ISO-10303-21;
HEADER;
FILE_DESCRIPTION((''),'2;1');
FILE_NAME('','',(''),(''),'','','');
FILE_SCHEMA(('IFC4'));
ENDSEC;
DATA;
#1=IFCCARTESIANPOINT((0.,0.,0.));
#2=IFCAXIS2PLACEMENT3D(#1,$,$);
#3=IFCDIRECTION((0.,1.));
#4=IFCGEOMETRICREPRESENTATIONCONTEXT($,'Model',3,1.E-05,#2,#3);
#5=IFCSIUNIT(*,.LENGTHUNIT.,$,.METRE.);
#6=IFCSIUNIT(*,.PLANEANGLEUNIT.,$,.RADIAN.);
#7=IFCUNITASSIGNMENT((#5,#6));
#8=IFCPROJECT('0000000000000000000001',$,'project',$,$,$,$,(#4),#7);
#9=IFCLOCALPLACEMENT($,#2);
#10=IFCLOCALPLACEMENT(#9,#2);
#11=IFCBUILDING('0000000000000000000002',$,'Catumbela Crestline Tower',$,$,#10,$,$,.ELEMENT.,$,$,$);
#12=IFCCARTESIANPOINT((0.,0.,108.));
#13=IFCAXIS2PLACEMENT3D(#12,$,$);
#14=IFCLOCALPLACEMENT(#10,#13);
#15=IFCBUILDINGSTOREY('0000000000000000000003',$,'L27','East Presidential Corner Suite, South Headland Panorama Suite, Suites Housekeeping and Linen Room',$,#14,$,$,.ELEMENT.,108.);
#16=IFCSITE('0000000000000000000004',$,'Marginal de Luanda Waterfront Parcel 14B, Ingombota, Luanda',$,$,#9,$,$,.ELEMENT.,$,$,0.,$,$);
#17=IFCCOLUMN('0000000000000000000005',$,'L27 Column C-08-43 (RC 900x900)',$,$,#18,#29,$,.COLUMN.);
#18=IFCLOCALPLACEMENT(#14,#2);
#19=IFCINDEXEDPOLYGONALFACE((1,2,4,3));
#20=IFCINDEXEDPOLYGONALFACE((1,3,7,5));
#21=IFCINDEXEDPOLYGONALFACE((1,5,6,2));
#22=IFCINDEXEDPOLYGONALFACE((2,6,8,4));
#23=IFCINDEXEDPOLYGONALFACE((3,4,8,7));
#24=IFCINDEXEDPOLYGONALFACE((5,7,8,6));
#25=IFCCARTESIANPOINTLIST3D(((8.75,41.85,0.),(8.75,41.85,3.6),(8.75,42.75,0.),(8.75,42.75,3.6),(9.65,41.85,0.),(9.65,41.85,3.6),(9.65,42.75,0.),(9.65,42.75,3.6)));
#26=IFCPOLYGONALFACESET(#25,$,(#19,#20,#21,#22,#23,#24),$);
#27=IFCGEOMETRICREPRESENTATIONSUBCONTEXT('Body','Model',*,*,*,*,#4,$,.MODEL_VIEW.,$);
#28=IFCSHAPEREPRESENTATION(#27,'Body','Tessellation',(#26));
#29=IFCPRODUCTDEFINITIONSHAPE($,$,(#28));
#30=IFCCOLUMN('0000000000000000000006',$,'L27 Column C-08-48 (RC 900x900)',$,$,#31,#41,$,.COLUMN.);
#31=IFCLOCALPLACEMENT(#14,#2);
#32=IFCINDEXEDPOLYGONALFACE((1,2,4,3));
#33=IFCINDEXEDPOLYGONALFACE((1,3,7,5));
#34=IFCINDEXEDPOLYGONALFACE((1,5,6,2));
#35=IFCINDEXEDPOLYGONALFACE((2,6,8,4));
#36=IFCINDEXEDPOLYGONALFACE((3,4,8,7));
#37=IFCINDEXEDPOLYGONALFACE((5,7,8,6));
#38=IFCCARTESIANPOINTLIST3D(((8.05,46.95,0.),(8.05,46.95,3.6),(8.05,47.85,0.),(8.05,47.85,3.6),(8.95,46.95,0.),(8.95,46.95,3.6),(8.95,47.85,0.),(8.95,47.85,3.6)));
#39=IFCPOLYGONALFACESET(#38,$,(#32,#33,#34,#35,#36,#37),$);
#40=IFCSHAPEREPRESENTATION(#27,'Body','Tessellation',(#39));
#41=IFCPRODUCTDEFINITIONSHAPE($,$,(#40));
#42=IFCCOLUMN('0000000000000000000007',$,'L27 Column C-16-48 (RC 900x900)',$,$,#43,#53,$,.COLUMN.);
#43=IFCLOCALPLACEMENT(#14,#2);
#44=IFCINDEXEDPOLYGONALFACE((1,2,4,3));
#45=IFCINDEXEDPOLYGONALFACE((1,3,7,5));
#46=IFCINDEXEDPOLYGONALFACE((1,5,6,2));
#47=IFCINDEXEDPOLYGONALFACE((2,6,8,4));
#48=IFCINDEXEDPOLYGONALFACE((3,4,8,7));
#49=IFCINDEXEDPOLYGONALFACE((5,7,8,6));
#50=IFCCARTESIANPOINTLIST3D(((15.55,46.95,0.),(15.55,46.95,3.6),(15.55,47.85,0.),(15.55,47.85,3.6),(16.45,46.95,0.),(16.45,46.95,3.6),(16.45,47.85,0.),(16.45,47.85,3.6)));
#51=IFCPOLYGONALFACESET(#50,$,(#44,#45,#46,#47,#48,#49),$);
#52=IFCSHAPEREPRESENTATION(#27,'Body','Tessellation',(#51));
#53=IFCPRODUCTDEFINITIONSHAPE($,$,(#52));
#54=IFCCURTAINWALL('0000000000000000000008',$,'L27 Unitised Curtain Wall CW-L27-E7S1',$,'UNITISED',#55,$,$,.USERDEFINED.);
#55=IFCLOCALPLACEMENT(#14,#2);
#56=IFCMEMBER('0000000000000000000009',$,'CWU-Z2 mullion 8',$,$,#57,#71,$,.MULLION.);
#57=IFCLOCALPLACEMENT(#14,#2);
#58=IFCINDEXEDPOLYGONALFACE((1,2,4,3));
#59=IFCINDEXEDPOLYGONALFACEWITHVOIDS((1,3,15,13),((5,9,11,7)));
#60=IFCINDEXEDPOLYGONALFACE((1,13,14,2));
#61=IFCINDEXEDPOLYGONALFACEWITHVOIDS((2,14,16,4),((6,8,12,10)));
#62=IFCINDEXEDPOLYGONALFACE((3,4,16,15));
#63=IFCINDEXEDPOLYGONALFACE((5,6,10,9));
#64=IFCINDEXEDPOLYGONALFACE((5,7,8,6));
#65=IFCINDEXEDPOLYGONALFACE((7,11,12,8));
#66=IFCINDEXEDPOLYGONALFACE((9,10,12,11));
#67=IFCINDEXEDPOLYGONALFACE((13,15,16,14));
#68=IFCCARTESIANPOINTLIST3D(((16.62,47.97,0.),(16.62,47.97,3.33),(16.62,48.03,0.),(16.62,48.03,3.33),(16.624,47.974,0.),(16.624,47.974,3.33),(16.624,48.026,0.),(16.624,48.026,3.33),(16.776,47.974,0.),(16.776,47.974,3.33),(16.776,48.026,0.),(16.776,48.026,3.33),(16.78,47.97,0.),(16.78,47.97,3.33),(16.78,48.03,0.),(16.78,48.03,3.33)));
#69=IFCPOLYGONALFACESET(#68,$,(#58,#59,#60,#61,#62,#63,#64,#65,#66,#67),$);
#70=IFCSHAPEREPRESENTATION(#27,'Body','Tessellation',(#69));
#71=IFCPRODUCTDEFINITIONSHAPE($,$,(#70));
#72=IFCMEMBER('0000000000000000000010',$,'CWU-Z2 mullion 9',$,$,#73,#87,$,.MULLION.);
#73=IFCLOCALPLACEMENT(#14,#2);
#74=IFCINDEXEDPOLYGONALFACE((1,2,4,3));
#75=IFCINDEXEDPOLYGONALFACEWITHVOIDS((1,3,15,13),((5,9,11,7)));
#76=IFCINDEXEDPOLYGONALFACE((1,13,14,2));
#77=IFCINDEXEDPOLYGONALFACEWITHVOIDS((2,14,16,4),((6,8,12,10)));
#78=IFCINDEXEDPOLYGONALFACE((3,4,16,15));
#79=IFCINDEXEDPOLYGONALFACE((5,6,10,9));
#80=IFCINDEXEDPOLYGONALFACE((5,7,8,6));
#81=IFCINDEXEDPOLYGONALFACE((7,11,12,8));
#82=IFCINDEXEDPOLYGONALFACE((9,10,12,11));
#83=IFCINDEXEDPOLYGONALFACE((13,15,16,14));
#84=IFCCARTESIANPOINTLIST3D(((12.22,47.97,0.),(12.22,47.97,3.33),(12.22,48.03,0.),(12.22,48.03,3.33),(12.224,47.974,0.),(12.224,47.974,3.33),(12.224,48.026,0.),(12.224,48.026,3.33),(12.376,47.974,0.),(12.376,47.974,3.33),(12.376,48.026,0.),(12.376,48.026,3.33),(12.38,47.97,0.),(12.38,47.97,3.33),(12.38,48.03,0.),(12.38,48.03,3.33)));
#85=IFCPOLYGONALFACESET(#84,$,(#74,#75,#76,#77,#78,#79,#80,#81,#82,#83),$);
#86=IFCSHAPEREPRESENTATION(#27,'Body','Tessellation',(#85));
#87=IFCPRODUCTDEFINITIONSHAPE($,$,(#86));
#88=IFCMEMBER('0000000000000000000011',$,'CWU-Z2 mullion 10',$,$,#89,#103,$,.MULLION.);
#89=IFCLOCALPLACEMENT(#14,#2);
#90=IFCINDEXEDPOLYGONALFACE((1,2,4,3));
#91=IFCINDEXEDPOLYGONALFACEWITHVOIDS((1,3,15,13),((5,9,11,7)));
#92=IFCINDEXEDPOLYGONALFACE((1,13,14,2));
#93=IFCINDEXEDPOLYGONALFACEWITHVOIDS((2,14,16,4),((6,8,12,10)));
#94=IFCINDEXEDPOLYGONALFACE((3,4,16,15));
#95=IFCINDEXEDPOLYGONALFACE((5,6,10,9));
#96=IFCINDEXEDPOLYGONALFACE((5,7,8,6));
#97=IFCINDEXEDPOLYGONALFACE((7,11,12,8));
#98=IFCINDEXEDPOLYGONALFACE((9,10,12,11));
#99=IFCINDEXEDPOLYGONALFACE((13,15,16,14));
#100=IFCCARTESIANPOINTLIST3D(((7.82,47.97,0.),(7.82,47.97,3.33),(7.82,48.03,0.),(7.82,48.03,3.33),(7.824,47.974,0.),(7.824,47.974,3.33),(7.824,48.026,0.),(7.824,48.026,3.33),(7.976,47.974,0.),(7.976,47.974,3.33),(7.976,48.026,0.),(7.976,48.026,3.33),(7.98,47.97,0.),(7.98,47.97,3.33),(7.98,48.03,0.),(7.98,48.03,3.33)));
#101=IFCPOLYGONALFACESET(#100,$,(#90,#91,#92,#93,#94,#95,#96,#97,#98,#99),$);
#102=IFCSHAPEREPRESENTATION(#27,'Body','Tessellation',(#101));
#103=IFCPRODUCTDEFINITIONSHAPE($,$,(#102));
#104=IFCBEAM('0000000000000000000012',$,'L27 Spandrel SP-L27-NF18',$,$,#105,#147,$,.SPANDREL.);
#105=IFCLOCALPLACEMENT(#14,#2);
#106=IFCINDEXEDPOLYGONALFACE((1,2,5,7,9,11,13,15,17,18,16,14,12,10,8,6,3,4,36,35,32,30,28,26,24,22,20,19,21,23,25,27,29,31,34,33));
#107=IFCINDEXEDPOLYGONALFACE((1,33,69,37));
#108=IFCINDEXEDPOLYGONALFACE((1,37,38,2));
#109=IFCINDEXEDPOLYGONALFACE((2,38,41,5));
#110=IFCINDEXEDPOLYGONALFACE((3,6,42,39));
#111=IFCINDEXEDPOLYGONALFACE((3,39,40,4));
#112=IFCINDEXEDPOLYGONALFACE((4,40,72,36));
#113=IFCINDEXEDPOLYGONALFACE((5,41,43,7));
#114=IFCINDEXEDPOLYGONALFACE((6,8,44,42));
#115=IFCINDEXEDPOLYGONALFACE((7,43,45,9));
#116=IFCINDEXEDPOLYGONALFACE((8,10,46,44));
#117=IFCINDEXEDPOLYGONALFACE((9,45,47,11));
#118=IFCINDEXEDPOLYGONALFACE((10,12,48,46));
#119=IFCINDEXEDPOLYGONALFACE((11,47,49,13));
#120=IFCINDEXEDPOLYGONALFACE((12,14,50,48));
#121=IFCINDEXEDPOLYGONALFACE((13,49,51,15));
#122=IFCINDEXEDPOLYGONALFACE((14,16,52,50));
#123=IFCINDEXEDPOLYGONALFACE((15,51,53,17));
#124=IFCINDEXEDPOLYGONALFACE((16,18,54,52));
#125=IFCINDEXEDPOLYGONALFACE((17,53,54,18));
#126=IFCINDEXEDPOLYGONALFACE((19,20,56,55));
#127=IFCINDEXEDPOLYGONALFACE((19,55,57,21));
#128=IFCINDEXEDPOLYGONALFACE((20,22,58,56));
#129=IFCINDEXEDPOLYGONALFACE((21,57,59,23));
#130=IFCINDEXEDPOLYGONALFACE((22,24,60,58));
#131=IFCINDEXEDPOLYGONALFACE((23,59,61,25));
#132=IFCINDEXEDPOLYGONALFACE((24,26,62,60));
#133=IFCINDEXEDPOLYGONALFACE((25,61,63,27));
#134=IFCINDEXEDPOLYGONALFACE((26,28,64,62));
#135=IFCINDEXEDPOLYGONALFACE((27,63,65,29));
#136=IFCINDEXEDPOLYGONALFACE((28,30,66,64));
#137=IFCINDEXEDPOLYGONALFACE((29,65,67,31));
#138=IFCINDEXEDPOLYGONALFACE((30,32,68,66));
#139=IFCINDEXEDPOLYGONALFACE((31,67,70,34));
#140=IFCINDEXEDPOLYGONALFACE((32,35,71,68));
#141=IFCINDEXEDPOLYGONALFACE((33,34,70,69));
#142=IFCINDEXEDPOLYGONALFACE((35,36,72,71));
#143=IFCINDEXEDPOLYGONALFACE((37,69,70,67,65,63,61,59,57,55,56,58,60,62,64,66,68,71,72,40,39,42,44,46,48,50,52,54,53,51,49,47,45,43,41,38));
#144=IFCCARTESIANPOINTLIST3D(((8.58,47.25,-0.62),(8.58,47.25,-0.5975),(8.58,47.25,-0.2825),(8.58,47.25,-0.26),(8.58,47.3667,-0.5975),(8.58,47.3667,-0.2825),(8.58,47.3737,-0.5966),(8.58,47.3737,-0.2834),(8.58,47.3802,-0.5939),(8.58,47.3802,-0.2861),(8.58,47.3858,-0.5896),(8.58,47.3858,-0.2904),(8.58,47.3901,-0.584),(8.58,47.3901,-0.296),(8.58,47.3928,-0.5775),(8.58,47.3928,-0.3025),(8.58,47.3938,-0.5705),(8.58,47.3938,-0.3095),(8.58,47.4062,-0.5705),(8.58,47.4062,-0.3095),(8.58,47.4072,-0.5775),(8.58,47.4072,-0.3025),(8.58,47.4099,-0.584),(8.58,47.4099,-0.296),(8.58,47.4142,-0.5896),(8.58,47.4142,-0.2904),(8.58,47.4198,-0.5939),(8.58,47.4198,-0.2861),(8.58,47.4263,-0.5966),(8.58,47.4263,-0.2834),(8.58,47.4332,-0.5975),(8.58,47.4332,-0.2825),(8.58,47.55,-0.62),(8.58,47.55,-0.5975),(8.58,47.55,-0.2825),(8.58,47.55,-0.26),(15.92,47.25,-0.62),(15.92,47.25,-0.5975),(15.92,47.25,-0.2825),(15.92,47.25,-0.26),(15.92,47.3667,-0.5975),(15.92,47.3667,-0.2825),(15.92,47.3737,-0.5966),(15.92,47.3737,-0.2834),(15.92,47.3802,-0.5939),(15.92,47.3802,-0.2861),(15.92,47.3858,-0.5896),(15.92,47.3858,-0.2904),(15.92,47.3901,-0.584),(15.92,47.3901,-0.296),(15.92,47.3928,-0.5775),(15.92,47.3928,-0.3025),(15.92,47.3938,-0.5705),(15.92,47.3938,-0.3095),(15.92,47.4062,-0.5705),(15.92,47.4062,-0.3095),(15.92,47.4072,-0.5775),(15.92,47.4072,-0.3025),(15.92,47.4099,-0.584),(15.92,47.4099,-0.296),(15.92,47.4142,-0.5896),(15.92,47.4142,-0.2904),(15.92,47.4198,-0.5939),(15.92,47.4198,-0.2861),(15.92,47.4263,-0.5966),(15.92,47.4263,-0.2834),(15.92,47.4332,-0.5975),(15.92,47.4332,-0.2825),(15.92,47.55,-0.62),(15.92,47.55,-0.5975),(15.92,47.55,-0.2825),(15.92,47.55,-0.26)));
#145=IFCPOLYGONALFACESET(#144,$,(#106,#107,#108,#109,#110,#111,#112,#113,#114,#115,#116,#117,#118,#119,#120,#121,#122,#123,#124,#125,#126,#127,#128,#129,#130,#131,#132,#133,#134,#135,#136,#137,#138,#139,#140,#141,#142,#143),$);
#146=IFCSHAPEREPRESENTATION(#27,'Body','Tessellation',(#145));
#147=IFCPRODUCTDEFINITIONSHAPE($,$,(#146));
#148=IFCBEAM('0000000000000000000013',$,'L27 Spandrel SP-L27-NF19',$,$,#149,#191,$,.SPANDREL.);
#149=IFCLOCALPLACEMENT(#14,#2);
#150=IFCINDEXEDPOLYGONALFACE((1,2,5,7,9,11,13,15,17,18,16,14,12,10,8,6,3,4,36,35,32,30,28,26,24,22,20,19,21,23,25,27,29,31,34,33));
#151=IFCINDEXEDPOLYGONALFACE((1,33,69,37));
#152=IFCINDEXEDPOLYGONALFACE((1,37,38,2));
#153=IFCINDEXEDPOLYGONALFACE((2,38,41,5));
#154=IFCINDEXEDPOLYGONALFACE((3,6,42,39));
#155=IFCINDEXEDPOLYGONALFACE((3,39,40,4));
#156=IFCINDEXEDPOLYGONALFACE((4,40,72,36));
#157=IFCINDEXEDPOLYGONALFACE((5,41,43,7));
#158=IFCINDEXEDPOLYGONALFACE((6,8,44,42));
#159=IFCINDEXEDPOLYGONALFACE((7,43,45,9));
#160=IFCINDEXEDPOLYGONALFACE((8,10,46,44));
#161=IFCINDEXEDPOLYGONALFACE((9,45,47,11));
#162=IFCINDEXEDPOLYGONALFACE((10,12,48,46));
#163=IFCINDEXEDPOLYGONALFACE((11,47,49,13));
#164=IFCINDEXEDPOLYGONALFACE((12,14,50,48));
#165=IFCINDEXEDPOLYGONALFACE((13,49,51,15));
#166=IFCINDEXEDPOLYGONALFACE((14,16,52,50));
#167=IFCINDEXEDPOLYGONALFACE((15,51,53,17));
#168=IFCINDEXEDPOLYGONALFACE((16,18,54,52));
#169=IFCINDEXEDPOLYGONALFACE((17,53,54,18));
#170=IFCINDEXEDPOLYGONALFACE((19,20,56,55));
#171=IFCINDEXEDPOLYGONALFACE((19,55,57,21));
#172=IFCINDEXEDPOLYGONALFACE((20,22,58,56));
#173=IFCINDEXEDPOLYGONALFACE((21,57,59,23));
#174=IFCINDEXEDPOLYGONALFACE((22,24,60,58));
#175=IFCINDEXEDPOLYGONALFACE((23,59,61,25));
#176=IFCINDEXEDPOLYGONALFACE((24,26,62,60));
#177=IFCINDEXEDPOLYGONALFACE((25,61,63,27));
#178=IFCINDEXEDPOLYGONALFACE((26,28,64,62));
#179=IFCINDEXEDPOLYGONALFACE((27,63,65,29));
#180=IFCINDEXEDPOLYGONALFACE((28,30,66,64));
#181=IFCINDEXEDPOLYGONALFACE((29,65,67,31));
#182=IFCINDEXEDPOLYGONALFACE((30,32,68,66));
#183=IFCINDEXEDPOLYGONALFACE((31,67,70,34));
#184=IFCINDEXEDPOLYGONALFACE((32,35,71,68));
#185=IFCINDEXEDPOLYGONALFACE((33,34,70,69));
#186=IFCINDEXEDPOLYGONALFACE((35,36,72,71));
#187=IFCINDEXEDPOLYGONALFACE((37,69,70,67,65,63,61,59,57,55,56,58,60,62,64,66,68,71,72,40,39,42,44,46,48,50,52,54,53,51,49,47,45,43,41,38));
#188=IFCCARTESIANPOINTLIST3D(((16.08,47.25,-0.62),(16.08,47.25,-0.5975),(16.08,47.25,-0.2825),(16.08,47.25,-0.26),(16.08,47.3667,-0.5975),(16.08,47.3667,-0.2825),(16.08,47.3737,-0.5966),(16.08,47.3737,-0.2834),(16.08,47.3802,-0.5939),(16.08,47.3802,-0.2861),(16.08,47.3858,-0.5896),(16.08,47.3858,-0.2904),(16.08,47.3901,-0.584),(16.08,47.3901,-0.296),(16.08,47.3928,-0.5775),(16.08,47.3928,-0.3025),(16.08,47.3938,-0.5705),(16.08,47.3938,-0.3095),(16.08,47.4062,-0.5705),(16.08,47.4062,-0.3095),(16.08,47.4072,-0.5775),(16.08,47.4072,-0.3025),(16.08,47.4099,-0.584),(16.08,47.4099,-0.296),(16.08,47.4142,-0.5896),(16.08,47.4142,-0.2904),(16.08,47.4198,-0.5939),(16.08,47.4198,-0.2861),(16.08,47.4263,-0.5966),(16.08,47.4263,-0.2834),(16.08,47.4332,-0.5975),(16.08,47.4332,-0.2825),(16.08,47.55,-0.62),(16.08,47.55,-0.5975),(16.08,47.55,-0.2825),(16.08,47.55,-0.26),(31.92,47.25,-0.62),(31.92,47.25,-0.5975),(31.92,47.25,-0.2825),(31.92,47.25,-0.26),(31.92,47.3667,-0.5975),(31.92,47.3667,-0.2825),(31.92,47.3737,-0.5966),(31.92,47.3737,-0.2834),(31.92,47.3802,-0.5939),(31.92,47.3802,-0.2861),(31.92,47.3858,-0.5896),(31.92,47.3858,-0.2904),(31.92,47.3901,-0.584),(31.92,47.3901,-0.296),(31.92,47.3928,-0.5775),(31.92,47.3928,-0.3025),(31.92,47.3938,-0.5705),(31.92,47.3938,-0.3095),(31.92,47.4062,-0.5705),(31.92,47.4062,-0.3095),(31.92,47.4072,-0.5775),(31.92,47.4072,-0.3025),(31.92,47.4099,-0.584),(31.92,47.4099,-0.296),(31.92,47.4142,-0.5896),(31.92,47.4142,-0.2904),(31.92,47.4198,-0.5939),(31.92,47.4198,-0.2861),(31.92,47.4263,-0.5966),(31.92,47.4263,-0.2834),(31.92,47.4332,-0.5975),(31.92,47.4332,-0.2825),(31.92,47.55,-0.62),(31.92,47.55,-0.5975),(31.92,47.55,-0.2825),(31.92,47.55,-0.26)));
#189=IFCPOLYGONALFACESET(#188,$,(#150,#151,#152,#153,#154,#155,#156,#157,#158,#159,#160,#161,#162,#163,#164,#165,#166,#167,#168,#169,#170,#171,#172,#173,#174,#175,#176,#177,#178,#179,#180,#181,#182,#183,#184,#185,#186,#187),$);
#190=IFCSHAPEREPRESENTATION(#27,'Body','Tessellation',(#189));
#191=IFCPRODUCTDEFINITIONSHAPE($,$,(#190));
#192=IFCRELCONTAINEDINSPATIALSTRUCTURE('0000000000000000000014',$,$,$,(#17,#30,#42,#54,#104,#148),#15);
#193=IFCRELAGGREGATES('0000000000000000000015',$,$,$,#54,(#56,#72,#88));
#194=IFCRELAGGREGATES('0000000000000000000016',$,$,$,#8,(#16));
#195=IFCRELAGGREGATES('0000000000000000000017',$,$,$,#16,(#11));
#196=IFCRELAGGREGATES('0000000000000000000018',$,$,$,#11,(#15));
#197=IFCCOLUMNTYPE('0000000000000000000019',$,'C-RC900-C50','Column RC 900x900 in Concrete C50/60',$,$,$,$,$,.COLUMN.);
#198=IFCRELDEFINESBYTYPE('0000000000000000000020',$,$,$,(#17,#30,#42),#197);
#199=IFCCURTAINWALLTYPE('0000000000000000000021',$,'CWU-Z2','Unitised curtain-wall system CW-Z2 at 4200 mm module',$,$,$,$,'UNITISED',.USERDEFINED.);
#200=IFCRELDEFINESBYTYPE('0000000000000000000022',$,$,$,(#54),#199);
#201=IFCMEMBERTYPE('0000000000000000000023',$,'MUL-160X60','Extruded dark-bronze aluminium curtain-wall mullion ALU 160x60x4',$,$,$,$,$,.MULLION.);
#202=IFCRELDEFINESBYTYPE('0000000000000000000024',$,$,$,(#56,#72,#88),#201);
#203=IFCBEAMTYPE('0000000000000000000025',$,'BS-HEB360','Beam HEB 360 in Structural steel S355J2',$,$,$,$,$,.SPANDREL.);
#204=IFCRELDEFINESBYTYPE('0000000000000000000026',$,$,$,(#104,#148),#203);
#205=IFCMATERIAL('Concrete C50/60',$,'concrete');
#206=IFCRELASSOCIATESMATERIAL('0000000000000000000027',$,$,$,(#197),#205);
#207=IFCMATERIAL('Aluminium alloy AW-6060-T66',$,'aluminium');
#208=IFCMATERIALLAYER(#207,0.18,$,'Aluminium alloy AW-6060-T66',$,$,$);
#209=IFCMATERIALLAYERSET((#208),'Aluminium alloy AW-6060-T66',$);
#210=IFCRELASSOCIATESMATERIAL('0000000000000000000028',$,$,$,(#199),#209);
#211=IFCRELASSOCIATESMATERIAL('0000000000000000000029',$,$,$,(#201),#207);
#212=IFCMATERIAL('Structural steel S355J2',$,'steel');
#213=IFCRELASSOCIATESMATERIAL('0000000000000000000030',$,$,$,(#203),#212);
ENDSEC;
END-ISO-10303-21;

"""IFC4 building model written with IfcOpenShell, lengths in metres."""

from ifc_helpers import new_model, si_unit, direction, frame, origin, origin_2d, place, context, subcontext, project, spatial, rectangle, hollow_rectangle, i_section, extrude, material, layer, layer_set, material_profile, profile_set, type_object, element, aggregate, save


model = new_model("IFC4")

# Units and contexts
model_context = context("Model", 3, precision=1e-05, world=origin(), true_north=direction((0.0, 1.0)))
body_context = subcontext(model_context, "Body", "Model", "MODEL_VIEW")
ifc_project = project(units=[si_unit("LENGTHUNIT", "METRE"), si_unit("PLANEANGLEUNIT", "RADIAN")], contexts=[model_context])

# Site, building, storey
site_placement = place(None, origin())
site = spatial("IfcSite", under=ifc_project, at=site_placement, Name="Marginal de Luanda Waterfront Parcel 14B, Ingombota, Luanda", CompositionType="ELEMENT", RefElevation=0.0)
building_placement = place(site_placement, origin())
building = spatial("IfcBuilding", under=site, at=building_placement, Name="Catumbela Crestline Tower", CompositionType="ELEMENT")
storey_placement = place(building_placement, frame((0.0, 0.0, 108.0)))
storey = spatial("IfcBuildingStorey", under=building, at=storey_placement, Name="L27", Description="East Presidential Corner Suite, South Headland Panorama Suite, Suites Housekeeping and Linen Room", CompositionType="ELEMENT", Elevation=108.0)

# Columns
ifc_material_1 = material(Name="Concrete C50/60", Category="concrete")
ifc_material_profile_1 = material_profile(ifc_material_1, rectangle(XDim=0.9, YDim=0.9, at=origin_2d()), Name="RC 900x900")
ifc_profile_set_1 = profile_set([ifc_material_profile_1], Name="Concrete C50/60")
column_type = type_object("IfcColumnType", Name="C-RC900-C50", Description="Column RC 900x900 in Concrete C50/60", PredefinedType="COLUMN", material=ifc_profile_set_1)
for number, where, z_axis, x_axis, name in (
    (1, (9.2, 42.3, 0.0), (0.0, 0.0, 1.0), (1.0, 0.0, 0.0), "L27 Column C-08-43 (RC 900x900)"),
    (2, (8.5, 47.4, 0.0), (0.0, 0.0, 1.0), (1.0, 0.0, 0.0), "L27 Column C-08-48 (RC 900x900)"),
    (3, (16.0, 47.4, 0.0), (0.0, 0.0, 1.0), (1.0, 0.0, 0.0), "L27 Column C-16-48 (RC 900x900)"),
):
    element("IfcColumn", number, at=place(storey_placement, frame(where, z_axis=z_axis, x_axis=x_axis)), inside=storey, type_object=column_type, Name=name, PredefinedType="COLUMN", context=body_context, shape_type="SweptSolid", body=[
        extrude(rectangle(XDim=0.9, YDim=0.9, at=origin_2d()), origin(), (0.0, 0.0, 1.0), 3.6),
    ])

# Curtain wall, members
ifc_material_2 = material(Name="Aluminium alloy AW-6060-T66", Category="aluminium")
ifc_layer_1 = layer(ifc_material_2, 0.18, Name="Aluminium alloy AW-6060-T66")
ifc_layer_set_1 = layer_set([ifc_layer_1], Name="Aluminium alloy AW-6060-T66")
curtain_wall_type = type_object("IfcCurtainWallType", Name="CWU-Z2", Description="Unitised curtain-wall system CW-Z2 at 4200 mm module", ElementType="UNITISED", PredefinedType="USERDEFINED", material=ifc_layer_set_1)
curtain_wall_placement = place(storey_placement, origin())
curtain_wall = element("IfcCurtainWall", 4, at=curtain_wall_placement, inside=storey, type_object=curtain_wall_type, Name="L27 Unitised Curtain Wall CW-L27-E7S1", ObjectType="UNITISED", PredefinedType="USERDEFINED")
ifc_material_profile_2 = material_profile(ifc_material_2, hollow_rectangle(XDim=0.06, YDim=0.16, WallThickness=0.004, at=origin_2d()), Name="ALU 160x60x4")
ifc_profile_set_2 = profile_set([ifc_material_profile_2], Name="Aluminium alloy AW-6060-T66")
member_type_1 = type_object("IfcMemberType", Name="MUL-160X60", Description="Extruded dark-bronze aluminium curtain-wall mullion ALU 160x60x4", PredefinedType="MULLION", material=ifc_profile_set_2)
member_1_placement = place(storey_placement, frame((16.7, 48.0, 0.0), z_axis=(0.0, 0.0, 1.0), x_axis=(0.0, -1.0, 0.0)))
member_1 = element("IfcMember", 5, at=member_1_placement, type_object=member_type_1, Name="CWU-Z2 mullion 8", PredefinedType="MULLION", context=body_context, shape_type="SweptSolid", body=[
    extrude(hollow_rectangle(XDim=0.06, YDim=0.16, WallThickness=0.004, at=origin_2d()), origin(), (0.0, 0.0, 1.0), 3.33),
])
member_2_placement = place(storey_placement, frame((12.3, 48.0, 0.0), z_axis=(0.0, 0.0, 1.0), x_axis=(0.0, -1.0, 0.0)))
member_2 = element("IfcMember", 6, at=member_2_placement, type_object=member_type_1, Name="CWU-Z2 mullion 9", PredefinedType="MULLION", context=body_context, shape_type="SweptSolid", body=[
    extrude(hollow_rectangle(XDim=0.06, YDim=0.16, WallThickness=0.004, at=origin_2d()), origin(), (0.0, 0.0, 1.0), 3.33),
])
member_3_placement = place(storey_placement, frame((7.9, 48.0, 0.0), z_axis=(0.0, 0.0, 1.0), x_axis=(0.0, -1.0, 0.0)))
member_3 = element("IfcMember", 7, at=member_3_placement, type_object=member_type_1, Name="CWU-Z2 mullion 10", PredefinedType="MULLION", context=body_context, shape_type="SweptSolid", body=[
    extrude(hollow_rectangle(XDim=0.06, YDim=0.16, WallThickness=0.004, at=origin_2d()), origin(), (0.0, 0.0, 1.0), 3.33),
])

# Beams
ifc_material_3 = material(Name="Structural steel S355J2", Category="steel")
ifc_material_profile_3 = material_profile(ifc_material_3, i_section(OverallWidth=0.3, OverallDepth=0.36, WebThickness=0.0125, FlangeThickness=0.0225, FilletRadius=0.027, at=origin_2d()), Name="HEB 360")
ifc_profile_set_3 = profile_set([ifc_material_profile_3], Name="Structural steel S355J2")
beam_type = type_object("IfcBeamType", Name="BS-HEB360", Description="Beam HEB 360 in Structural steel S355J2", PredefinedType="SPANDREL", material=ifc_profile_set_3)
beam_1_placement = place(storey_placement, frame((8.58, 47.4, -0.44), z_axis=(1.0, 0.0, 0.0), x_axis=(0.0, 1.0, 0.0)))
element("IfcBeam", 8, at=beam_1_placement, inside=storey, type_object=beam_type, Name="L27 Spandrel SP-L27-NF18", PredefinedType="SPANDREL", context=body_context, shape_type="SweptSolid", body=[
    extrude(i_section(OverallWidth=0.3, OverallDepth=0.36, WebThickness=0.0125, FlangeThickness=0.0225, FilletRadius=0.027, at=origin_2d()), origin(), (0.0, 0.0, 1.0), 7.34),
])
beam_2_placement = place(storey_placement, frame((16.08, 47.4, -0.44), z_axis=(1.0, 0.0, 0.0), x_axis=(0.0, 1.0, 0.0)))
element("IfcBeam", 9, at=beam_2_placement, inside=storey, type_object=beam_type, Name="L27 Spandrel SP-L27-NF19", PredefinedType="SPANDREL", context=body_context, shape_type="SweptSolid", body=[
    extrude(i_section(OverallWidth=0.3, OverallDepth=0.36, WebThickness=0.0125, FlangeThickness=0.0225, FilletRadius=0.027, at=origin_2d()), origin(), (0.0, 0.0, 1.0), 15.84),
])

aggregate(curtain_wall, [member_1, member_2, member_3])

save(model, "model.ifc")
